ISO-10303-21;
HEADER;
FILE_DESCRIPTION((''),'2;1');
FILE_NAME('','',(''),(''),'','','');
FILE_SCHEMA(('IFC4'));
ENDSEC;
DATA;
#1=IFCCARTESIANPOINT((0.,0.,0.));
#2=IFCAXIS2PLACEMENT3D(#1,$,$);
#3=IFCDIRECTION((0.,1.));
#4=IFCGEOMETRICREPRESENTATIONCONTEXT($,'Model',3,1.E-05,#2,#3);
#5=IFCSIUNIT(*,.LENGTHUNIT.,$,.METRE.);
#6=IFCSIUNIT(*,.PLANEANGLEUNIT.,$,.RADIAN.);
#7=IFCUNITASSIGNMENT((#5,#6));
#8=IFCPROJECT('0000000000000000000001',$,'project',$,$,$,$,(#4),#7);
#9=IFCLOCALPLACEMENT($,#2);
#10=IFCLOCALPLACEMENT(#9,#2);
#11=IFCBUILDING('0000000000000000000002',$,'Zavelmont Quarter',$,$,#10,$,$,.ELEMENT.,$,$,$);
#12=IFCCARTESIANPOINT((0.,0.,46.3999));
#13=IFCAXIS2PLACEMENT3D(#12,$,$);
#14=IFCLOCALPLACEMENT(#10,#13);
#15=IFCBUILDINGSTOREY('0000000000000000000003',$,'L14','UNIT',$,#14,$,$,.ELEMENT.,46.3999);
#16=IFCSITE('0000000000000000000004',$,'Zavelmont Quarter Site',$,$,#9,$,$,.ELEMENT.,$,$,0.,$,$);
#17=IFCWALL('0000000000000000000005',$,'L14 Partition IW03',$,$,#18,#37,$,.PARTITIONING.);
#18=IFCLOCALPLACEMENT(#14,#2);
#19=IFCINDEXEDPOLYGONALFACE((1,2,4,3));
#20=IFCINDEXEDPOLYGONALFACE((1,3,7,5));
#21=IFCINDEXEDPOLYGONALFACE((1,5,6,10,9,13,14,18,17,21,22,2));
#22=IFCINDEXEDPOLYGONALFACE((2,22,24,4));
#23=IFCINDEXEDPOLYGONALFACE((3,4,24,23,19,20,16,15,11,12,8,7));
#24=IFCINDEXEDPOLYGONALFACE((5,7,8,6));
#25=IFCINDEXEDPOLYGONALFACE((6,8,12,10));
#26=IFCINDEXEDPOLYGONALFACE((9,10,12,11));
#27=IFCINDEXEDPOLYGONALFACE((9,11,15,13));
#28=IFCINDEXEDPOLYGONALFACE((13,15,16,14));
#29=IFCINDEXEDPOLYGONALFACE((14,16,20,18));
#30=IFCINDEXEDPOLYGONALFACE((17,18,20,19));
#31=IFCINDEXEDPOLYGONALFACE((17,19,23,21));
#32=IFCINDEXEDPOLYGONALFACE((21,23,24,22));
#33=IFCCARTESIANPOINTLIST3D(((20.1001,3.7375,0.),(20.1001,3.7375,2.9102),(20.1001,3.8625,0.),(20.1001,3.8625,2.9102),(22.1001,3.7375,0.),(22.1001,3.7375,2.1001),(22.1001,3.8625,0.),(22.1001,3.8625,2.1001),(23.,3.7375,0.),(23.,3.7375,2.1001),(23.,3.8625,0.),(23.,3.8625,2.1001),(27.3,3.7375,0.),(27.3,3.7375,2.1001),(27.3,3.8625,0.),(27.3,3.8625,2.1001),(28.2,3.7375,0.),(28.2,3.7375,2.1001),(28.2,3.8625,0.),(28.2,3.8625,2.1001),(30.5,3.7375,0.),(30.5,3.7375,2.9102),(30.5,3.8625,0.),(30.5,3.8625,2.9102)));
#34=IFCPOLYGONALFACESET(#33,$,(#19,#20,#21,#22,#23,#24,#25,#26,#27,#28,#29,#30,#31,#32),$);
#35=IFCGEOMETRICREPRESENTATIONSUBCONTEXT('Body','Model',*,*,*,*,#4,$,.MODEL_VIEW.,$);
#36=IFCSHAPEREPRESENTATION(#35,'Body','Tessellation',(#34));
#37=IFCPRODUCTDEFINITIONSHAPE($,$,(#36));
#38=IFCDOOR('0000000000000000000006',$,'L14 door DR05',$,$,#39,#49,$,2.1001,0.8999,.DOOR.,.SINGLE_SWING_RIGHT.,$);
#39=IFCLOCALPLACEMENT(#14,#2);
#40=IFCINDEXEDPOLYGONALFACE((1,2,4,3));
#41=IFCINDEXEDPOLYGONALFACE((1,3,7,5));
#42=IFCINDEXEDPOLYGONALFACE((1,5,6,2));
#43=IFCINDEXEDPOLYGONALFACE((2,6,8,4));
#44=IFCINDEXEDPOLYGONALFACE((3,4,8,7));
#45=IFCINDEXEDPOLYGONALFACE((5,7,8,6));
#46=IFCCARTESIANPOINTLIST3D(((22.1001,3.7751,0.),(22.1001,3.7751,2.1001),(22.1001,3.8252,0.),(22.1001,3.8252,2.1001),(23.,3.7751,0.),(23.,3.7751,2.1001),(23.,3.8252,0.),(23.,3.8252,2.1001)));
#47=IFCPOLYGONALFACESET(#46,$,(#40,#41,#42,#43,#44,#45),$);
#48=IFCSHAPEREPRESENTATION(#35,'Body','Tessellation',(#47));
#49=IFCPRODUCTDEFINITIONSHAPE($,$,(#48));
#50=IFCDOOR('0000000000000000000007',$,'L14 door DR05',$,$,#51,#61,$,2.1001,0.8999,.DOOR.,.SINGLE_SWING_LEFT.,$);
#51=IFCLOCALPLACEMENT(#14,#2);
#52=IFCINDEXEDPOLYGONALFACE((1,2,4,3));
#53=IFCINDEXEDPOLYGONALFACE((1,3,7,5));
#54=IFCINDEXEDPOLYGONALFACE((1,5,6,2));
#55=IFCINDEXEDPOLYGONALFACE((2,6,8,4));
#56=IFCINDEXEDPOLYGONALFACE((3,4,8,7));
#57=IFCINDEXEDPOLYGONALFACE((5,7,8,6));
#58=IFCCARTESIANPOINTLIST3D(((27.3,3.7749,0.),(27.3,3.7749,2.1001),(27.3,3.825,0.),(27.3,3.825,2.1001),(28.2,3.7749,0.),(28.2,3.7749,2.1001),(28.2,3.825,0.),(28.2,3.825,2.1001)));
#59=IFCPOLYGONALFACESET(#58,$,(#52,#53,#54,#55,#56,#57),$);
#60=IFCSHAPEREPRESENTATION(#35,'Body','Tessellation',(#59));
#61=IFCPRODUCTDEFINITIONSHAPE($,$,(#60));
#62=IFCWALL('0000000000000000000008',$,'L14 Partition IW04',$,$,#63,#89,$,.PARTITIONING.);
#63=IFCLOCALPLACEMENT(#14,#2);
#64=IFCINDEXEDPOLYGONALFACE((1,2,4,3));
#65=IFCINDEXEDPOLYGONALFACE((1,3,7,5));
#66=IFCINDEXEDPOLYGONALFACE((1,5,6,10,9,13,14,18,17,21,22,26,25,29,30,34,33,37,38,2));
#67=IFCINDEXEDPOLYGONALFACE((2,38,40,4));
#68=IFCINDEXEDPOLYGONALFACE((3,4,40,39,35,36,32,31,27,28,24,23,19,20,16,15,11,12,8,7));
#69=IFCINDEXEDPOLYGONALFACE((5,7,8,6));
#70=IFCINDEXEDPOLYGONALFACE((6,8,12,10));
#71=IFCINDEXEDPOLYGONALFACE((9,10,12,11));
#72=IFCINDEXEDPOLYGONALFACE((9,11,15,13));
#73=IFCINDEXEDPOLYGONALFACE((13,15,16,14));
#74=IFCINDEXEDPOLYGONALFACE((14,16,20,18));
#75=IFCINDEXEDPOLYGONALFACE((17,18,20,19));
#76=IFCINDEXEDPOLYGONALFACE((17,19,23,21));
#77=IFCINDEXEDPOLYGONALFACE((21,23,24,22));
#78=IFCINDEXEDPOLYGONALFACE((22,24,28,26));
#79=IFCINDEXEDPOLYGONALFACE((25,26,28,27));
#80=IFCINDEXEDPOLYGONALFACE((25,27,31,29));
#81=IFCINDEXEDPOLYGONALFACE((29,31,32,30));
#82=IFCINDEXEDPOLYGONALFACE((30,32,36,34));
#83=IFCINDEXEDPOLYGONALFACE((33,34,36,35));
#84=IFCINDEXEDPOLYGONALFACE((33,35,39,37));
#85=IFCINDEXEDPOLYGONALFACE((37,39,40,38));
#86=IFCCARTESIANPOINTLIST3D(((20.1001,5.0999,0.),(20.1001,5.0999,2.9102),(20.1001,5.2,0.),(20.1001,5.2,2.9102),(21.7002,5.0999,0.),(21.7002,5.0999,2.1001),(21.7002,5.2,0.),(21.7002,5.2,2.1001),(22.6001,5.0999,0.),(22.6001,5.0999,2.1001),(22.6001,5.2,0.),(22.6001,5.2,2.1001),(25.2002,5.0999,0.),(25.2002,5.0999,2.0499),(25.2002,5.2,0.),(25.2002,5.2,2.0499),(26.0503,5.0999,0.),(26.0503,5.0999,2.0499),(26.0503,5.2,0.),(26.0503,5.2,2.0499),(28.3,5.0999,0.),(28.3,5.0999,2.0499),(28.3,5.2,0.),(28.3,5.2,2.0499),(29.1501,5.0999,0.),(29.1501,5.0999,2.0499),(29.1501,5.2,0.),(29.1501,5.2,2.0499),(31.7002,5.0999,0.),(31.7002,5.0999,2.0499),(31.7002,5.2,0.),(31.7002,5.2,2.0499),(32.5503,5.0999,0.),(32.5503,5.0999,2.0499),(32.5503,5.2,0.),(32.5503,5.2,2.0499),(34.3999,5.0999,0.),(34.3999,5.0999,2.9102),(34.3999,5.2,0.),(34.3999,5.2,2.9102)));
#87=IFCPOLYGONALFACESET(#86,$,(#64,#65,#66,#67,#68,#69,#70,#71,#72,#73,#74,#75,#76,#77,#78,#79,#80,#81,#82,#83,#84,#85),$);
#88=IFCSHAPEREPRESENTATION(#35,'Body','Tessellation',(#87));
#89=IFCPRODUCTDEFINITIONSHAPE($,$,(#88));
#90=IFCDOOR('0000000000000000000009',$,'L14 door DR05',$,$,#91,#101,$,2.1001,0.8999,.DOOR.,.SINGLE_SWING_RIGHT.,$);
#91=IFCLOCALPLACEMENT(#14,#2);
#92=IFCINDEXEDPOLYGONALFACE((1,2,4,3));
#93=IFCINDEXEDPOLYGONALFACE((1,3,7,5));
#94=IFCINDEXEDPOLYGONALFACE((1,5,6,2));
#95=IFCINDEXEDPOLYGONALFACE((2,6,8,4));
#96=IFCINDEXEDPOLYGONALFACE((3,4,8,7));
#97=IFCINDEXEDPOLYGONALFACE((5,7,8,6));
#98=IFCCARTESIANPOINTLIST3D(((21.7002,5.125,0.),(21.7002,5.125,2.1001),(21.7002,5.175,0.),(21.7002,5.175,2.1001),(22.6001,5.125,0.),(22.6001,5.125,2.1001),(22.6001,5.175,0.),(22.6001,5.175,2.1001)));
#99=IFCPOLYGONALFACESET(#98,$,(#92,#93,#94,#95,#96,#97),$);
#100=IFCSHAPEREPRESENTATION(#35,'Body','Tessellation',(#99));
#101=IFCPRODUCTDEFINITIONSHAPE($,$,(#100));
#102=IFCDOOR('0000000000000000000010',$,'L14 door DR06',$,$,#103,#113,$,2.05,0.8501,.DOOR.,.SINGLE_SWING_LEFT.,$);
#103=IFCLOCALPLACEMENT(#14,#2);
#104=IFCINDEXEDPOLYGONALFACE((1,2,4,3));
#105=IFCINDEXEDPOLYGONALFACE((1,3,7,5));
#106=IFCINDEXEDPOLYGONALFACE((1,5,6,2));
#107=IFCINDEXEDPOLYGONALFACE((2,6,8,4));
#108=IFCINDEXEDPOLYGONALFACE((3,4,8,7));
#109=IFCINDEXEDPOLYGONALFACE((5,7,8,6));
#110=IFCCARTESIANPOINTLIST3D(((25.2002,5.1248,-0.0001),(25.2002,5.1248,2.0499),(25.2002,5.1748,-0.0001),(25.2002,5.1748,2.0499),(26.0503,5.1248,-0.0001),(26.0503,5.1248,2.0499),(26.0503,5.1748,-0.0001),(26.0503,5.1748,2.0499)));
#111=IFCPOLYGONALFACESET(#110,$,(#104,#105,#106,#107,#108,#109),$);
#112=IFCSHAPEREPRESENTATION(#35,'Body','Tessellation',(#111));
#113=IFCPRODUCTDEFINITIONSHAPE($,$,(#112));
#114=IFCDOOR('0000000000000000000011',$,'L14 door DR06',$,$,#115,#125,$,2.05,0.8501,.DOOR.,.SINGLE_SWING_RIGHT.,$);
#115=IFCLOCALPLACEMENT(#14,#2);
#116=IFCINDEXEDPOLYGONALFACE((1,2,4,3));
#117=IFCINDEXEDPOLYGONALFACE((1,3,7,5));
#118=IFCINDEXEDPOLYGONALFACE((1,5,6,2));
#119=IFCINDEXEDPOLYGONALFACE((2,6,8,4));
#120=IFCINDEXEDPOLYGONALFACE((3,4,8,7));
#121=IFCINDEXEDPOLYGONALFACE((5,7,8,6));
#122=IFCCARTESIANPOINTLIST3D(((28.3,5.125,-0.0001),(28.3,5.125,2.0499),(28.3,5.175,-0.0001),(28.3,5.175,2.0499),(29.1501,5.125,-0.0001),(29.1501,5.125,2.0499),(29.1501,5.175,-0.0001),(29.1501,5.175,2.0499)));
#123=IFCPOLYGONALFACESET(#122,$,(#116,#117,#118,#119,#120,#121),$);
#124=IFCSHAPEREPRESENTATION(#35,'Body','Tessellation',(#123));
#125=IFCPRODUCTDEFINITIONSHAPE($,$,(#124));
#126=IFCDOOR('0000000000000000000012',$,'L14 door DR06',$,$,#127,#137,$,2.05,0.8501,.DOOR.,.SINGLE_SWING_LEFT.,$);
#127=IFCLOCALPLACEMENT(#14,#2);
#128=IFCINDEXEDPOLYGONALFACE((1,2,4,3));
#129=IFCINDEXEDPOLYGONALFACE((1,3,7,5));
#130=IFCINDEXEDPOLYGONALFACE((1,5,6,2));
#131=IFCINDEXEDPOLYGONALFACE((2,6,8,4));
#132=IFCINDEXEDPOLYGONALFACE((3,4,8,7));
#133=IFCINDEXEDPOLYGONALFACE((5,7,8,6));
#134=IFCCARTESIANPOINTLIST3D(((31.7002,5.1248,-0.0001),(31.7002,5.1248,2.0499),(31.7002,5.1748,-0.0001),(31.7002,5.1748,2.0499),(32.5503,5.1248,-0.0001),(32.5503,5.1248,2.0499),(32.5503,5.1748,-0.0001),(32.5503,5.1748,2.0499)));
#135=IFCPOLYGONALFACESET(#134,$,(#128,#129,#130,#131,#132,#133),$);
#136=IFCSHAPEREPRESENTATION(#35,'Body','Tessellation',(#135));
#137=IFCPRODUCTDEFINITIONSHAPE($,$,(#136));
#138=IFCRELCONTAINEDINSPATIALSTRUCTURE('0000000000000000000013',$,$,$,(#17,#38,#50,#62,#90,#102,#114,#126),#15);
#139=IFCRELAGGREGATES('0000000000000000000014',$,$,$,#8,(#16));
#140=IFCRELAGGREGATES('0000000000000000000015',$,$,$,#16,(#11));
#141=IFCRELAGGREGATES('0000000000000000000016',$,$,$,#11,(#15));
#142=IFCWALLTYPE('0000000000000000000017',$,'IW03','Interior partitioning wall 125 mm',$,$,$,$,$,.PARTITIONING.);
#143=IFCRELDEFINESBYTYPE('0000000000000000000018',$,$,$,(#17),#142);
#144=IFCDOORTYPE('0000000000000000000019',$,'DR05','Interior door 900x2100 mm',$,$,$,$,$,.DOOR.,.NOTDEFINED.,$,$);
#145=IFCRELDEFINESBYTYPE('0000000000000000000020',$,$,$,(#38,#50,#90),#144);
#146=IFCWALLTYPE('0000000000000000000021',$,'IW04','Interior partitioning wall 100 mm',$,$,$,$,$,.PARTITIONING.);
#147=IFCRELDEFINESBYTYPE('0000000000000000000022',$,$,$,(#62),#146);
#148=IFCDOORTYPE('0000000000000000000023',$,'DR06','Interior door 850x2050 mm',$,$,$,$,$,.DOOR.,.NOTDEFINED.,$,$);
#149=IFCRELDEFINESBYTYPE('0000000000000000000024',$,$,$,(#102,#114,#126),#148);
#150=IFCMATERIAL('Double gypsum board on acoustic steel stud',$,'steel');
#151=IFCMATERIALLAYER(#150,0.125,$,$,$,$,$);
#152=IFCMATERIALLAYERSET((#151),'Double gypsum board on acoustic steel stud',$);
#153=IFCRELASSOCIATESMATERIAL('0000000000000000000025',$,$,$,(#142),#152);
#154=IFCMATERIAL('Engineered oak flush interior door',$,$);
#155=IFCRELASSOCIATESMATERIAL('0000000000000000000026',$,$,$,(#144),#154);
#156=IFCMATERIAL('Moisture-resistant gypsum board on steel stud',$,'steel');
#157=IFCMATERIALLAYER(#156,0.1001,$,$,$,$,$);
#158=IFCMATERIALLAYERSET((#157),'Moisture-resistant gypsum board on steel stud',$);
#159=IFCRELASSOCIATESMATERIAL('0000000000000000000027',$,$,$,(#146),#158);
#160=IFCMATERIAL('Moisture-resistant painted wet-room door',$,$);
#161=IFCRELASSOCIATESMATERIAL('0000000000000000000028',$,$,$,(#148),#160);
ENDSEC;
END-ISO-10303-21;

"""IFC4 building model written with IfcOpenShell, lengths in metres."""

from ifc_helpers import new_model, si_unit, direction, frame, frame_2d, origin, origin_with_axes, place, context, subcontext, project, spatial, rectangle, extrude, material, layer, layer_set, type_object, element, fill, save


model = new_model("IFC4")

# Units and contexts
model_context = context("Model", 3, precision=1e-05, world=origin(), true_north=direction((0.0, 1.0)))
body_context = subcontext(model_context, "Body", "Model", "MODEL_VIEW")
ifc_project = project(units=[si_unit("LENGTHUNIT", "METRE"), si_unit("PLANEANGLEUNIT", "RADIAN")], contexts=[model_context])

# Site, building, storey
site_placement = place(None, origin())
site = spatial("IfcSite", under=ifc_project, at=site_placement, Name="Zavelmont Quarter Site", CompositionType="ELEMENT", RefElevation=0.0)
building_placement = place(site_placement, origin())
building = spatial("IfcBuilding", under=site, at=building_placement, Name="Zavelmont Quarter", CompositionType="ELEMENT")
storey_placement = place(building_placement, frame((0.0, 0.0, 46.3999)))
storey = spatial("IfcBuildingStorey", under=building, at=storey_placement, Name="L14", Description="UNIT", CompositionType="ELEMENT", Elevation=46.3999)

# Shared definitions
ifc_material_1 = material(Name="Double gypsum board on acoustic steel stud", Category="steel")
ifc_layer_1 = layer(ifc_material_1, 0.125)
ifc_layer_set_1 = layer_set([ifc_layer_1], Name="Double gypsum board on acoustic steel stud")
wall_type_1 = type_object("IfcWallType", Name="IW03", Description="Interior partitioning wall 125 mm", PredefinedType="PARTITIONING", material=ifc_layer_set_1)
ifc_material_2 = material(Name="Engineered oak flush interior door")
door_type_1 = type_object("IfcDoorType", Name="DR05", Description="Interior door 900x2100 mm", OperationType="NOTDEFINED", PredefinedType="DOOR", material=ifc_material_2)

# Walls, openings, doors
wall_1_placement = place(storey_placement, frame((20.1001, 3.8, 0.0), z_axis=(0.0, 0.0, 1.0), x_axis=(1.0, 0.0, 0.0)))
wall_1 = element("IfcWall", 1, at=wall_1_placement, inside=storey, type_object=wall_type_1, Name="L14 Partition IW03", PredefinedType="PARTITIONING", context=body_context, shape_type="SweptSolid", body=[
    extrude(rectangle(XDim=10.3999, YDim=0.125, at=frame_2d((5.2, 0.0))), origin(), (0.0, 0.0, 1.0), 2.9102),
])
opening_1_placement = place(wall_1_placement, frame((2.0, 0.0, 0.0)))
opening_1 = element("IfcOpeningElement", 2, at=opening_1_placement, cuts=wall_1, PredefinedType="OPENING", context=body_context, shape_type="SweptSolid", body=[
    extrude(rectangle(XDim=0.8999, YDim=2.1001, at=frame_2d((0.45, 1.05))), frame((0.0, 0.0745, 0.0), z_axis=(0.0, -1.0, 0.0), x_axis=(1.0, 0.0, 0.0)), (0.0, 0.0, 1.0), 0.1489),
])
opening_2_placement = place(wall_1_placement, frame((7.2, 0.0, 0.0)))
opening_2 = element("IfcOpeningElement", 3, at=opening_2_placement, cuts=wall_1, PredefinedType="OPENING", context=body_context, shape_type="SweptSolid", body=[
    extrude(rectangle(XDim=0.8999, YDim=2.1001, at=frame_2d((0.45, 1.05))), frame((0.0, 0.0745, 0.0), z_axis=(0.0, -1.0, 0.0), x_axis=(1.0, 0.0, 0.0)), (0.0, 0.0, 1.0), 0.1489),
])
door_1_placement = place(opening_1_placement, frame((0.8999, 0.0, 0.0), z_axis=(0.0, 0.0, 1.0), x_axis=(-1.0, 0.0, 0.0)))
door_1 = element("IfcDoor", 4, at=door_1_placement, inside=storey, type_object=door_type_1, Name="L14 door DR05", OperationType="SINGLE_SWING_RIGHT", OverallHeight=2.1001, OverallWidth=0.8999, PredefinedType="DOOR", context=body_context, shape_type="SweptSolid", body=[
    extrude(rectangle(XDim=0.8999, YDim=2.1001, at=frame_2d((0.45, 1.05))), frame((0.0, 0.0249, 0.0), z_axis=(0.0, -1.0, 0.0), x_axis=(1.0, 0.0, 0.0)), (0.0, 0.0, 1.0), 0.05),
])
fill(opening_1, door_1)
door_2_placement = place(opening_2_placement, origin_with_axes())
door_2 = element("IfcDoor", 5, at=door_2_placement, inside=storey, type_object=door_type_1, Name="L14 door DR05", OperationType="SINGLE_SWING_LEFT", OverallHeight=2.1001, OverallWidth=0.8999, PredefinedType="DOOR", context=body_context, shape_type="SweptSolid", body=[
    extrude(rectangle(XDim=0.8999, YDim=2.1001, at=frame_2d((0.45, 1.05))), frame((0.0, 0.0249, 0.0), z_axis=(0.0, -1.0, 0.0), x_axis=(1.0, 0.0, 0.0)), (0.0, 0.0, 1.0), 0.05),
])
fill(opening_2, door_2)
ifc_material_3 = material(Name="Moisture-resistant gypsum board on steel stud", Category="steel")
ifc_layer_2 = layer(ifc_material_3, 0.1001)
ifc_layer_set_2 = layer_set([ifc_layer_2], Name="Moisture-resistant gypsum board on steel stud")
wall_type_2 = type_object("IfcWallType", Name="IW04", Description="Interior partitioning wall 100 mm", PredefinedType="PARTITIONING", material=ifc_layer_set_2)
wall_2_placement = place(storey_placement, frame((20.1001, 5.1499, 0.0), z_axis=(0.0, 0.0, 1.0), x_axis=(1.0, 0.0, 0.0)))
wall_2 = element("IfcWall", 6, at=wall_2_placement, inside=storey, type_object=wall_type_2, Name="L14 Partition IW04", PredefinedType="PARTITIONING", context=body_context, shape_type="SweptSolid", body=[
    extrude(rectangle(XDim=14.2998, YDim=0.1001, at=frame_2d((7.1499, 0.0))), origin(), (0.0, 0.0, 1.0), 2.9102),
])
opening_3_placement = place(wall_2_placement, frame((1.6001, 0.0, 0.0)))
opening_3 = element("IfcOpeningElement", 7, at=opening_3_placement, cuts=wall_2, PredefinedType="OPENING", context=body_context, shape_type="SweptSolid", body=[
    extrude(rectangle(XDim=0.8999, YDim=2.1001, at=frame_2d((0.45, 1.05))), frame((0.0, 0.062, 0.0), z_axis=(0.0, -1.0, 0.0), x_axis=(1.0, 0.0, 0.0)), (0.0, 0.0, 1.0), 0.124),
])
opening_4_placement = place(wall_2_placement, frame((5.1001, 0.0, 0.0)))
opening_4 = element("IfcOpeningElement", 8, at=opening_4_placement, cuts=wall_2, PredefinedType="OPENING", context=body_context, shape_type="SweptSolid", body=[
    extrude(rectangle(XDim=0.8501, YDim=2.05, at=frame_2d((0.425, 1.0249))), frame((0.0, 0.062, 0.0), z_axis=(0.0, -1.0, 0.0), x_axis=(1.0, 0.0, 0.0)), (0.0, 0.0, 1.0), 0.124),
])
opening_5_placement = place(wall_2_placement, frame((8.2, 0.0, 0.0)))
opening_5 = element("IfcOpeningElement", 9, at=opening_5_placement, cuts=wall_2, PredefinedType="OPENING", context=body_context, shape_type="SweptSolid", body=[
    extrude(rectangle(XDim=0.8501, YDim=2.05, at=frame_2d((0.425, 1.0249))), frame((0.0, 0.062, 0.0), z_axis=(0.0, -1.0, 0.0), x_axis=(1.0, 0.0, 0.0)), (0.0, 0.0, 1.0), 0.124),
])
opening_6_placement = place(wall_2_placement, frame((11.6001, 0.0, 0.0)))
opening_6 = element("IfcOpeningElement", 10, at=opening_6_placement, cuts=wall_2, PredefinedType="OPENING", context=body_context, shape_type="SweptSolid", body=[
    extrude(rectangle(XDim=0.8501, YDim=2.05, at=frame_2d((0.425, 1.0249))), frame((0.0, 0.062, 0.0), z_axis=(0.0, -1.0, 0.0), x_axis=(1.0, 0.0, 0.0)), (0.0, 0.0, 1.0), 0.124),
])
door_3_placement = place(opening_3_placement, frame((0.8999, 0.0, 0.0), z_axis=(0.0, 0.0, 1.0), x_axis=(-1.0, 0.0, 0.0)))
door_3 = element("IfcDoor", 11, at=door_3_placement, inside=storey, type_object=door_type_1, Name="L14 door DR05", OperationType="SINGLE_SWING_RIGHT", OverallHeight=2.1001, OverallWidth=0.8999, PredefinedType="DOOR", context=body_context, shape_type="SweptSolid", body=[
    extrude(rectangle(XDim=0.8999, YDim=2.1001, at=frame_2d((0.45, 1.05))), frame((0.0, 0.0249, 0.0), z_axis=(0.0, -1.0, 0.0), x_axis=(1.0, 0.0, 0.0)), (0.0, 0.0, 1.0), 0.05),
])
fill(opening_3, door_3)
ifc_material_4 = material(Name="Moisture-resistant painted wet-room door")
door_type_2 = type_object("IfcDoorType", Name="DR06", Description="Interior door 850x2050 mm", OperationType="NOTDEFINED", PredefinedType="DOOR", material=ifc_material_4)
door_4_placement = place(opening_4_placement, origin_with_axes())
door_4 = element("IfcDoor", 12, at=door_4_placement, inside=storey, type_object=door_type_2, Name="L14 door DR06", OperationType="SINGLE_SWING_LEFT", OverallHeight=2.05, OverallWidth=0.8501, PredefinedType="DOOR", context=body_context, shape_type="SweptSolid", body=[
    extrude(rectangle(XDim=0.8501, YDim=2.05, at=frame_2d((0.425, 1.0249))), frame((0.0, 0.0249, 0.0), z_axis=(0.0, -1.0, 0.0), x_axis=(1.0, 0.0, 0.0)), (0.0, 0.0, 1.0), 0.05),
])
fill(opening_4, door_4)
door_5_placement = place(opening_5_placement, frame((0.8501, 0.0, 0.0), z_axis=(0.0, 0.0, 1.0), x_axis=(-1.0, 0.0, 0.0)))
door_5 = element("IfcDoor", 13, at=door_5_placement, inside=storey, type_object=door_type_2, Name="L14 door DR06", OperationType="SINGLE_SWING_RIGHT", OverallHeight=2.05, OverallWidth=0.8501, PredefinedType="DOOR", context=body_context, shape_type="SweptSolid", body=[
    extrude(rectangle(XDim=0.8501, YDim=2.05, at=frame_2d((0.425, 1.0249))), frame((0.0, 0.0249, 0.0), z_axis=(0.0, -1.0, 0.0), x_axis=(1.0, 0.0, 0.0)), (0.0, 0.0, 1.0), 0.05),
])
fill(opening_5, door_5)
door_6_placement = place(opening_6_placement, origin_with_axes())
door_6 = element("IfcDoor", 14, at=door_6_placement, inside=storey, type_object=door_type_2, Name="L14 door DR06", OperationType="SINGLE_SWING_LEFT", OverallHeight=2.05, OverallWidth=0.8501, PredefinedType="DOOR", context=body_context, shape_type="SweptSolid", body=[
    extrude(rectangle(XDim=0.8501, YDim=2.05, at=frame_2d((0.425, 1.0249))), frame((0.0, 0.0249, 0.0), z_axis=(0.0, -1.0, 0.0), x_axis=(1.0, 0.0, 0.0)), (0.0, 0.0, 1.0), 0.05),
])
fill(opening_6, door_6)

save(model, "model.ifc")
